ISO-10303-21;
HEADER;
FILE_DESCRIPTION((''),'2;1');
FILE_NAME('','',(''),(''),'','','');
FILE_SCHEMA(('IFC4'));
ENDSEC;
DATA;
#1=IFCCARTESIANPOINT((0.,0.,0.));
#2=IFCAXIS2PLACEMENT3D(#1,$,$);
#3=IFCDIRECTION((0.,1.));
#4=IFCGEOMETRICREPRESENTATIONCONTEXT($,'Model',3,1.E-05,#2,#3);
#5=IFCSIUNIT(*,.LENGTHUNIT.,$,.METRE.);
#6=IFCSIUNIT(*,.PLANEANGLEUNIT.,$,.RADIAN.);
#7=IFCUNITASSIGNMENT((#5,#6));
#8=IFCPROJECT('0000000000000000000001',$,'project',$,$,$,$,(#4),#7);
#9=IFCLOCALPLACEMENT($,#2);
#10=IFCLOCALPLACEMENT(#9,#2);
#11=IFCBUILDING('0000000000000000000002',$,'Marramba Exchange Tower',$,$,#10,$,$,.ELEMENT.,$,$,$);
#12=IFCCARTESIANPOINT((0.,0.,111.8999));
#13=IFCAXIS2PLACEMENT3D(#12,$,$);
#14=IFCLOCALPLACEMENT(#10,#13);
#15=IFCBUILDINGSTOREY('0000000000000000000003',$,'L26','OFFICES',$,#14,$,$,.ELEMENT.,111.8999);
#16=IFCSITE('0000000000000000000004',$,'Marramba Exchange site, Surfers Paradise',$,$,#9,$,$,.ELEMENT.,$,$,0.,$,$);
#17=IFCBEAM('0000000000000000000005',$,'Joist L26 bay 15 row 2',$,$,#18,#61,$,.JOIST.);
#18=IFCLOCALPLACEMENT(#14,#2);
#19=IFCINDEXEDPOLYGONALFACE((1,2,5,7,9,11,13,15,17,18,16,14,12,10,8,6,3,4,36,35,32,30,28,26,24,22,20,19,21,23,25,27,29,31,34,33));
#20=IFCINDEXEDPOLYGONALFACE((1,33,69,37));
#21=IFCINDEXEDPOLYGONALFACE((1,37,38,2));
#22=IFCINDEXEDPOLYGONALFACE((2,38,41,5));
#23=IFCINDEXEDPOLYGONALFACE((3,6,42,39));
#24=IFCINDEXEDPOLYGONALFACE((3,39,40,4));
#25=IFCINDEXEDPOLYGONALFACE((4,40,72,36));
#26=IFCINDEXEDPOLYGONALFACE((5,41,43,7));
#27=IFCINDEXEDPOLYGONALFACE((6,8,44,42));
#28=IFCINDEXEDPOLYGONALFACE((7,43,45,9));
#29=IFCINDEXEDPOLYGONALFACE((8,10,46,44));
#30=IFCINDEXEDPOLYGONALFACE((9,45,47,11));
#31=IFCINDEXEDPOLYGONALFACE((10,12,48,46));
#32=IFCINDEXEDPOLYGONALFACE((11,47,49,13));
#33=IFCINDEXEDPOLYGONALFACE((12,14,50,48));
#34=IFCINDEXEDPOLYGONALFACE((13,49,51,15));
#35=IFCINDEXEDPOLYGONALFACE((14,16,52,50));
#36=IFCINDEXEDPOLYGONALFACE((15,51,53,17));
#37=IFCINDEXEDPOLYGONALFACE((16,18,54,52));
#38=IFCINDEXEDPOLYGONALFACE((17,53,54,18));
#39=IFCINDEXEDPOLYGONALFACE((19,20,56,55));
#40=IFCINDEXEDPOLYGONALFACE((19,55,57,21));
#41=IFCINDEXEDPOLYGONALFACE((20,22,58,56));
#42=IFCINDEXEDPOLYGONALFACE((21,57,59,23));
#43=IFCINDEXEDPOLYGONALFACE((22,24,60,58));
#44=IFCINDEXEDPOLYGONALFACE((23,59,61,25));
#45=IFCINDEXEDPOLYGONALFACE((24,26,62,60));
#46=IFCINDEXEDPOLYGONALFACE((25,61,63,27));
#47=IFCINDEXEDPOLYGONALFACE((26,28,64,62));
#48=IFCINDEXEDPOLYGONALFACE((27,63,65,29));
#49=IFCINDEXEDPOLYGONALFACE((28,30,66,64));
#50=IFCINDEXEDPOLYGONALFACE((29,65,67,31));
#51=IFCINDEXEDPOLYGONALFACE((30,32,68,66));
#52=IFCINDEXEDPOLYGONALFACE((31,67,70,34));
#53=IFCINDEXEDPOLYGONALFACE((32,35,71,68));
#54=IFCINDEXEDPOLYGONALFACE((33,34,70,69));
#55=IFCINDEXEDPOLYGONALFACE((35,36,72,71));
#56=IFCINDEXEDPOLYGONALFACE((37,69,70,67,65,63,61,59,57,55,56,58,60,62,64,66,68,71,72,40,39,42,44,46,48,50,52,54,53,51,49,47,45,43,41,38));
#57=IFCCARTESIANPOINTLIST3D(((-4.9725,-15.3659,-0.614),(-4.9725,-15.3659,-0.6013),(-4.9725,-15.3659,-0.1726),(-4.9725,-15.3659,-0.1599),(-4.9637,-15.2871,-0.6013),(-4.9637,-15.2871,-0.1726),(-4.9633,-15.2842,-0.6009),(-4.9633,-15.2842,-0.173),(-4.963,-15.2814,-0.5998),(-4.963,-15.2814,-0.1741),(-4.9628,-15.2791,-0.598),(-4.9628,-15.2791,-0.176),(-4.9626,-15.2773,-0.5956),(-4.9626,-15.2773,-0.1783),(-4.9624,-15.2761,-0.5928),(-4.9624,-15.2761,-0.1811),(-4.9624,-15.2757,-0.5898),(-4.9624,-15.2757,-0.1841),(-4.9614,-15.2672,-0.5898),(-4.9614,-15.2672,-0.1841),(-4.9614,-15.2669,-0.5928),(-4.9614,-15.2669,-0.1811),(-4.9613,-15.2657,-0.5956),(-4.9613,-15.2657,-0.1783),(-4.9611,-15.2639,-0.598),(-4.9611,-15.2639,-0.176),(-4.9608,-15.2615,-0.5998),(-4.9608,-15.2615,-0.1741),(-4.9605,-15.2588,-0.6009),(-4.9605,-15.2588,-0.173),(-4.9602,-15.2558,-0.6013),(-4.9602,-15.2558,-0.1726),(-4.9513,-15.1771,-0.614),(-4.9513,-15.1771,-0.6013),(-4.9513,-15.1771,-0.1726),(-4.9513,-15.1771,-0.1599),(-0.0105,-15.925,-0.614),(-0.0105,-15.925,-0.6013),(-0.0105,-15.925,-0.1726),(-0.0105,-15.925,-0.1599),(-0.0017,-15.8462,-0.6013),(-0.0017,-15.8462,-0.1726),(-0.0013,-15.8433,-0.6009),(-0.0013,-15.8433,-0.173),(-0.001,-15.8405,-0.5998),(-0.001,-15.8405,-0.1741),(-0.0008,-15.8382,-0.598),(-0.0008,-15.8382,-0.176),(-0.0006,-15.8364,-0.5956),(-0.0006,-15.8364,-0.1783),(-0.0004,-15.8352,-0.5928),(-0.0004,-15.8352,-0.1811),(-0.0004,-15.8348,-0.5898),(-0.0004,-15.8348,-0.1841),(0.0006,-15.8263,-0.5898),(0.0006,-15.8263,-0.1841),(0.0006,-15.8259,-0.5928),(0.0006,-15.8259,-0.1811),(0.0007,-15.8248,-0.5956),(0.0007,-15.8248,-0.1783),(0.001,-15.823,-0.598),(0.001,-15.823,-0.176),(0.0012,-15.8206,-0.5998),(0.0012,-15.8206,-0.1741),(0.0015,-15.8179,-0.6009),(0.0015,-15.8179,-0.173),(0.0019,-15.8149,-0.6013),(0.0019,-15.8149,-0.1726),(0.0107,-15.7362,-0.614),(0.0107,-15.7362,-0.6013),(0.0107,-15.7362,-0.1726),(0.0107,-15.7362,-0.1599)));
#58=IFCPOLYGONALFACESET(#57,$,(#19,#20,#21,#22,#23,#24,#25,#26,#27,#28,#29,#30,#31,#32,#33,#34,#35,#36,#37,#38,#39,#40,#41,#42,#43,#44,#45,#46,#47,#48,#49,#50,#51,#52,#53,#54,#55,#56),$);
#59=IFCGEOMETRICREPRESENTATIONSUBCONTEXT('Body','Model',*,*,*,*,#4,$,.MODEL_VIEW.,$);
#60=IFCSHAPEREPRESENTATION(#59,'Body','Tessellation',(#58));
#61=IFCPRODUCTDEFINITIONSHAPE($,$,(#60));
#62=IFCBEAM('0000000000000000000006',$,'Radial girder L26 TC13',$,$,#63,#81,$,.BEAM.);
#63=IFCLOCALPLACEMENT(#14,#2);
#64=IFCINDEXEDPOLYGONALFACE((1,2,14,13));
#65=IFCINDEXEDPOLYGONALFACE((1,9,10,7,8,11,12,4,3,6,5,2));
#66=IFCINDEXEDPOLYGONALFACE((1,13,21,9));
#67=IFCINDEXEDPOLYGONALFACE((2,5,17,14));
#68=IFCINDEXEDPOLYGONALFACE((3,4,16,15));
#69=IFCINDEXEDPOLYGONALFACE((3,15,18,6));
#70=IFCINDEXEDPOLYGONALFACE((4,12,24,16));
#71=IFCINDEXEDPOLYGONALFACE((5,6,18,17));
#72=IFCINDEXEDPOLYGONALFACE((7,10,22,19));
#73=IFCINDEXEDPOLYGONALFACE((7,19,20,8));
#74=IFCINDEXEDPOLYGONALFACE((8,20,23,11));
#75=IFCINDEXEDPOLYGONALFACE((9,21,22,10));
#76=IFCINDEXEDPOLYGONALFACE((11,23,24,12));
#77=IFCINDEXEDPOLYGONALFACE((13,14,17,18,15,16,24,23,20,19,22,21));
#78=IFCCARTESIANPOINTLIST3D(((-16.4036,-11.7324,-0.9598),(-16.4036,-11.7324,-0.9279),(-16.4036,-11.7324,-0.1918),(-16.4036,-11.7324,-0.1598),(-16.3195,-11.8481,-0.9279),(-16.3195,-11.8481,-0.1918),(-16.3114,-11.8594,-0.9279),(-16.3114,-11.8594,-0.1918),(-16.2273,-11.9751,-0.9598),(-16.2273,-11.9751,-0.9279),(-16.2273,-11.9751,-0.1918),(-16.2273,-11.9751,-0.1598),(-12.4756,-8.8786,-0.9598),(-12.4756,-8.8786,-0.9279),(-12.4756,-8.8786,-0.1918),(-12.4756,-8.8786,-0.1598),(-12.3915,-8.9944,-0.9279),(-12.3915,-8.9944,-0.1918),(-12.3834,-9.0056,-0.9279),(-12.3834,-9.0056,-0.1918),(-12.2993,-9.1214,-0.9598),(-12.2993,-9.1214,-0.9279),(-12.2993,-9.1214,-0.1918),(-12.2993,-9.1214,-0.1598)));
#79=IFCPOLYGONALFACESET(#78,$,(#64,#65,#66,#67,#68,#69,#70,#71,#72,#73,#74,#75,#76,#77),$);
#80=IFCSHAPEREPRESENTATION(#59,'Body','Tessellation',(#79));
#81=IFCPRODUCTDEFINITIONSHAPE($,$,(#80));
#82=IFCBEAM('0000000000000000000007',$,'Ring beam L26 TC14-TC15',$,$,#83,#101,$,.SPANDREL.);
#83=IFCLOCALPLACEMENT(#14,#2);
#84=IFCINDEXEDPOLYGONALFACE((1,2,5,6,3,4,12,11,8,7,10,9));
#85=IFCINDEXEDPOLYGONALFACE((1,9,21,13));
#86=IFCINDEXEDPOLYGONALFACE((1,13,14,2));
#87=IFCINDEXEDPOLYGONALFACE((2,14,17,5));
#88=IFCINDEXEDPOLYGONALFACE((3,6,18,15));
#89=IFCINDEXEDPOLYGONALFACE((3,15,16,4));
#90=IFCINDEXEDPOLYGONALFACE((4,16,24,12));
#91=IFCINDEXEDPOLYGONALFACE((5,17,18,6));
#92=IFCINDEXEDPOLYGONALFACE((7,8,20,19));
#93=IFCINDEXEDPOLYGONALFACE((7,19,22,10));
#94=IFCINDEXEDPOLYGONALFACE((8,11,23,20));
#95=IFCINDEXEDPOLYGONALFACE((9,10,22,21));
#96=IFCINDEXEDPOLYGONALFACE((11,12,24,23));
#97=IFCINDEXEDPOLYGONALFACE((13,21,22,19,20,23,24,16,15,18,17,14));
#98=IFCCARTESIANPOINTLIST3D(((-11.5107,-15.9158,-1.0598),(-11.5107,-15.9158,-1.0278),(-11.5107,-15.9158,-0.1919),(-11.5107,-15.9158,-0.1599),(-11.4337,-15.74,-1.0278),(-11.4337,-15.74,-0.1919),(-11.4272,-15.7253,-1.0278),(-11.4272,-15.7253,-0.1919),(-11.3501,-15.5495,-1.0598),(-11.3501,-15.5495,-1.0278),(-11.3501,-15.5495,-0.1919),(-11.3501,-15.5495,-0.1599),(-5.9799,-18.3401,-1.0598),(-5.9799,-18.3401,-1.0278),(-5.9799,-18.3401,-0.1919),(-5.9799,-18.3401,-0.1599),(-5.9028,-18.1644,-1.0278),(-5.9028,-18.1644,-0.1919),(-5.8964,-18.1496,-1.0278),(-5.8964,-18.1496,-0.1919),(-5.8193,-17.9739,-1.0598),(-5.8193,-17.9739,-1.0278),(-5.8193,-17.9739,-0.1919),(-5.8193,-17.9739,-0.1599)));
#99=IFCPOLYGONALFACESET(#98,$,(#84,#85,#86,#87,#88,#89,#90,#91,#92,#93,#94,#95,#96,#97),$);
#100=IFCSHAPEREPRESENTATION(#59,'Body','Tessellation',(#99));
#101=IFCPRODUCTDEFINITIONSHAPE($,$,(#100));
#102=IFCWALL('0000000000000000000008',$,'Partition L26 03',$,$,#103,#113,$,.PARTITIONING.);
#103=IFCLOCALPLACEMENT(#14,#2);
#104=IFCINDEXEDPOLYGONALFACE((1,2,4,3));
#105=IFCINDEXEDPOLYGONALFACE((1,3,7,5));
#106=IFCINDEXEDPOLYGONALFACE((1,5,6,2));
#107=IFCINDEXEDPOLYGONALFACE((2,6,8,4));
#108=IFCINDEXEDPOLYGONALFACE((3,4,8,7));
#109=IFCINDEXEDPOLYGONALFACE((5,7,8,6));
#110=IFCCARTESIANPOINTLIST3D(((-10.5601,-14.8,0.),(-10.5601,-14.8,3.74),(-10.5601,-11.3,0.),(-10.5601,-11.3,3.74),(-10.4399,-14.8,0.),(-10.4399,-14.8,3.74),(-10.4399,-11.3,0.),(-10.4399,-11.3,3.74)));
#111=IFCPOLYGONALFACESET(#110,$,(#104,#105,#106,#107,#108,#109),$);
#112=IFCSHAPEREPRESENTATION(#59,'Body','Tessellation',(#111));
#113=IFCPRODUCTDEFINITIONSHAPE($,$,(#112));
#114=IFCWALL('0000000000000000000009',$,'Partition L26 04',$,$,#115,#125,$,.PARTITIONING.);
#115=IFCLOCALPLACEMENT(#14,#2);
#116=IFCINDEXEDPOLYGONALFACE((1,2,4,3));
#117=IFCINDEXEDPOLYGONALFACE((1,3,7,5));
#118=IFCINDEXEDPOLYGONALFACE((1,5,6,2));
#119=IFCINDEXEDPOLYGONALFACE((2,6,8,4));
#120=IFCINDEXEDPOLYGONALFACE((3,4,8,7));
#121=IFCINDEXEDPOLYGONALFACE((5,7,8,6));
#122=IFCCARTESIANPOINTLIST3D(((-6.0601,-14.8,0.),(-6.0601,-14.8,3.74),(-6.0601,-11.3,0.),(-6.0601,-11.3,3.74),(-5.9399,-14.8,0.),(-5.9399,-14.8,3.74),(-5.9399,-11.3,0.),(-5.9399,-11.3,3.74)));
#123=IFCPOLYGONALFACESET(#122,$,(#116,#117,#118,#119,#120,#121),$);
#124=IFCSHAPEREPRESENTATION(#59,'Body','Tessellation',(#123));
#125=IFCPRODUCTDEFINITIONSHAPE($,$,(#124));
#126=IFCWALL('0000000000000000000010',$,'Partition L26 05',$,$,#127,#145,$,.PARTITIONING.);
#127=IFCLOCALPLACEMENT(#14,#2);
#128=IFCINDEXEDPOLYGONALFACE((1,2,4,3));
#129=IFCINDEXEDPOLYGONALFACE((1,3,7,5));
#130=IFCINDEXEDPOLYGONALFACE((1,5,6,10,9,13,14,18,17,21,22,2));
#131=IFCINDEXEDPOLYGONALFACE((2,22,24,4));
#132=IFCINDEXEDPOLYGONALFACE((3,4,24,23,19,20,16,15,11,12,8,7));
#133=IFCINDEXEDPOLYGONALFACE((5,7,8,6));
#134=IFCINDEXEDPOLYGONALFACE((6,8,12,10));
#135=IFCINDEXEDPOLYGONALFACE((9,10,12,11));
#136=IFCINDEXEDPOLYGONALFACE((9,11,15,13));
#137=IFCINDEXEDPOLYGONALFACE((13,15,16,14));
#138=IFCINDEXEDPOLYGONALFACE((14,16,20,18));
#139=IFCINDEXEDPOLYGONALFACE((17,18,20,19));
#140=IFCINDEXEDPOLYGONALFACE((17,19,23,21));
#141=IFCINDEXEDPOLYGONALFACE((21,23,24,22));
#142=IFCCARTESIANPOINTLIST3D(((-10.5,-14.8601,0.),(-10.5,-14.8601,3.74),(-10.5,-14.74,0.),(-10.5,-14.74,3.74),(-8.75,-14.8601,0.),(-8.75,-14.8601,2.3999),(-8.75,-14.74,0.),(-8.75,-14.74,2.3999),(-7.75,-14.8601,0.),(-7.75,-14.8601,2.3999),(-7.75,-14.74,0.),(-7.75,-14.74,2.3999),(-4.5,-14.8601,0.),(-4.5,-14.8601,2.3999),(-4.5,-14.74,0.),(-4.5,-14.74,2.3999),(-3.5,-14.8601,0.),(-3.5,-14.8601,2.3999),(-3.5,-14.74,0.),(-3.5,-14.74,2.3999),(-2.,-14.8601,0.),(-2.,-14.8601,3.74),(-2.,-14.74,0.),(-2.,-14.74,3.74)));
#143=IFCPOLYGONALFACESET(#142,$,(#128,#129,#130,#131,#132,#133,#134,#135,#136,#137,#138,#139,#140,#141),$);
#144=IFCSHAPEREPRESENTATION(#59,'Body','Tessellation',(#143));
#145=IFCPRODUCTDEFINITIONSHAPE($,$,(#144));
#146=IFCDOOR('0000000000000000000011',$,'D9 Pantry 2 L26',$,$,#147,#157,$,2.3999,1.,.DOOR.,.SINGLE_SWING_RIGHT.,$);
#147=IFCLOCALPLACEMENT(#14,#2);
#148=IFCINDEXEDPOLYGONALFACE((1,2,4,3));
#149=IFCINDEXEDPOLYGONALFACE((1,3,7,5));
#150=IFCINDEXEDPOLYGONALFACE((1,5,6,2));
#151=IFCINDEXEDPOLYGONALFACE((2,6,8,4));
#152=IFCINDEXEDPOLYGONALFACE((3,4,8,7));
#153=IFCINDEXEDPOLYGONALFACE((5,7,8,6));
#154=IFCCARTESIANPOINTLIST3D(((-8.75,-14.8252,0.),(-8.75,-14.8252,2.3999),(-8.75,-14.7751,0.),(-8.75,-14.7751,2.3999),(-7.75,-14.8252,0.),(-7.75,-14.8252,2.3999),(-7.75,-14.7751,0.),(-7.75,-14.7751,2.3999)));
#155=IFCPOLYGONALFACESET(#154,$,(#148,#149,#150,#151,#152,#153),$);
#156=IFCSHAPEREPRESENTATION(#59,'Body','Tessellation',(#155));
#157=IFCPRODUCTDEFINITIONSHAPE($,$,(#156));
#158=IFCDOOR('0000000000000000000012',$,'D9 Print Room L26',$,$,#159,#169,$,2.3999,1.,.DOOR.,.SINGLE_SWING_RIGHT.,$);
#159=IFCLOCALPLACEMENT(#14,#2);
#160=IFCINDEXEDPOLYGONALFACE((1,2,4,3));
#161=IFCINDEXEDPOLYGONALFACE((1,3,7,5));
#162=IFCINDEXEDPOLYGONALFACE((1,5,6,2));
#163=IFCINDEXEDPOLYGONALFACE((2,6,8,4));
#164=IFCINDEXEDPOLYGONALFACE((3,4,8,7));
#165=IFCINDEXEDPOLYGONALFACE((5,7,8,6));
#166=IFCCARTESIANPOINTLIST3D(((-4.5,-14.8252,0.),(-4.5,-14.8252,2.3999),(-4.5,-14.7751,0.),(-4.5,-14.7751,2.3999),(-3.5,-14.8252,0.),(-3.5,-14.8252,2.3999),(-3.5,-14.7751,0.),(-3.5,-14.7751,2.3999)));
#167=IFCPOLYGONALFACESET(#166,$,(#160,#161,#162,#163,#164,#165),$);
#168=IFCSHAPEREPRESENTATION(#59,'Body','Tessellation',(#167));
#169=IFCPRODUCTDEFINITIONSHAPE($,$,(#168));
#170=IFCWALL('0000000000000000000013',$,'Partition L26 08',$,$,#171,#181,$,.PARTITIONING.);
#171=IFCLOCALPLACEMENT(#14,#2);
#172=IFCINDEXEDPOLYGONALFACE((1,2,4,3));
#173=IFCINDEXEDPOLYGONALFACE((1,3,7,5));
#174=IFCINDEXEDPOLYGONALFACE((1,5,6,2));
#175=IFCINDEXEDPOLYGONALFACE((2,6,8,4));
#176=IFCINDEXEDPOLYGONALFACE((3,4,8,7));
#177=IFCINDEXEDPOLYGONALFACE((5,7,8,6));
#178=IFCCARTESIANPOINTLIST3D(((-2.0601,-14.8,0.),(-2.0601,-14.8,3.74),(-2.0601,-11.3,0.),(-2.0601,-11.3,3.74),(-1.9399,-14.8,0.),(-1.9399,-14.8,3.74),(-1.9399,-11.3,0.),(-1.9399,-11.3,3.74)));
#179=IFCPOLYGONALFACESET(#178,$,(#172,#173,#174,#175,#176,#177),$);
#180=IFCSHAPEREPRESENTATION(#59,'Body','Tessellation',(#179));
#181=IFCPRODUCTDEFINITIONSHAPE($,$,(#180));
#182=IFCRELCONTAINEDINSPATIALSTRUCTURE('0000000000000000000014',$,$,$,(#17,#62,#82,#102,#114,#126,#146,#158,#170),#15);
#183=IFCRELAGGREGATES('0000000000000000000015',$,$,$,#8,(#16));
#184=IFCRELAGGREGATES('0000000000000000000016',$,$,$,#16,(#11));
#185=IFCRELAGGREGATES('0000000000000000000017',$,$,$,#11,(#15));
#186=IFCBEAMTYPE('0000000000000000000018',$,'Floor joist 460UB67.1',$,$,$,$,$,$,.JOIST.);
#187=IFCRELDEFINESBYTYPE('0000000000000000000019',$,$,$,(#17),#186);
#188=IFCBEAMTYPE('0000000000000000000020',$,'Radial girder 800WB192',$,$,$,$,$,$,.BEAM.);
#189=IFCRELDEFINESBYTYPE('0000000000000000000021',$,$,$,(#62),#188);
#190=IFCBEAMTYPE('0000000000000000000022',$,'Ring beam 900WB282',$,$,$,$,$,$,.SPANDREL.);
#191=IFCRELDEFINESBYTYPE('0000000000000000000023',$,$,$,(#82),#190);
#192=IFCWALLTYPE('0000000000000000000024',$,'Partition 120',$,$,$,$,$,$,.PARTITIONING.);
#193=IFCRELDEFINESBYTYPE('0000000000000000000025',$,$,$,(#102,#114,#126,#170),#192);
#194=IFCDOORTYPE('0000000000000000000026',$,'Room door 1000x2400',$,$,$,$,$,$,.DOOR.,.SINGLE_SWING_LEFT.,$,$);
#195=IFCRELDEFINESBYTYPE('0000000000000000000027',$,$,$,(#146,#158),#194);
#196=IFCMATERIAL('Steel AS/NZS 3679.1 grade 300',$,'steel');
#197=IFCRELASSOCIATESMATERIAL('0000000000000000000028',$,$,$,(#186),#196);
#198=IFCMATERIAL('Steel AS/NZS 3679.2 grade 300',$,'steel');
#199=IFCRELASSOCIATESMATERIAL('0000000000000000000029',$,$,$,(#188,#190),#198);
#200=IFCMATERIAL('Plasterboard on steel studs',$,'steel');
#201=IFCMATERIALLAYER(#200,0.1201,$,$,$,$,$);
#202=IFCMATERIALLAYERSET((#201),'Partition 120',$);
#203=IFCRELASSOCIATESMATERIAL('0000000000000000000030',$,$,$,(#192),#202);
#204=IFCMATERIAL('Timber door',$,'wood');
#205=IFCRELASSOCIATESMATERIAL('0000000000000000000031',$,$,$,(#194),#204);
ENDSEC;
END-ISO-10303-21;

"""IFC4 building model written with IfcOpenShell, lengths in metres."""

from ifc_helpers import new_model, si_unit, direction, frame, frame_2d, origin, origin_2d, place, context, subcontext, project, spatial, rectangle, i_section, extrude, material, layer, layer_set, material_profile, profile_set, type_object, element, fill, save


model = new_model("IFC4")

# Units and contexts
model_context = context("Model", 3, precision=1e-05, world=origin(), true_north=direction((0.0, 1.0)))
body_context = subcontext(model_context, "Body", "Model", "MODEL_VIEW")
ifc_project = project(units=[si_unit("LENGTHUNIT", "METRE"), si_unit("PLANEANGLEUNIT", "RADIAN")], contexts=[model_context])

# Site, building, storey
site_placement = place(None, origin())
site = spatial("IfcSite", under=ifc_project, at=site_placement, Name="Marramba Exchange site, Surfers Paradise", CompositionType="ELEMENT", RefElevation=0.0)
building_placement = place(site_placement, origin())
building = spatial("IfcBuilding", under=site, at=building_placement, Name="Marramba Exchange Tower", CompositionType="ELEMENT")
storey_placement = place(building_placement, frame((0.0, 0.0, 111.8999)))
storey = spatial("IfcBuildingStorey", under=building, at=storey_placement, Name="L26", Description="OFFICES", CompositionType="ELEMENT", Elevation=111.8999)

# Beams
ifc_material_1 = material(Name="Steel AS/NZS 3679.2 grade 300", Category="steel")
ifc_material_2 = material(Name="Steel AS/NZS 3679.1 grade 300", Category="steel")
ifc_material_profile_1 = material_profile(ifc_material_2, i_section(OverallWidth=0.1899, OverallDepth=0.4541, WebThickness=0.0085, FlangeThickness=0.0127, FilletRadius=0.0115, at=origin_2d()), Name="460UB67.1")
ifc_profile_set_1 = profile_set([ifc_material_profile_1], Name="Steel AS/NZS 3679.1 grade 300")
beam_type_1 = type_object("IfcBeamType", Name="Floor joist 460UB67.1", PredefinedType="JOIST", material=ifc_profile_set_1)
beam_1_placement = place(storey_placement, frame((-4.9619, -15.2715, -0.387), z_axis=(0.993712, -0.111966, 0.0), x_axis=(0.111966, 0.993712, 0.0)))
element("IfcBeam", 1, at=beam_1_placement, inside=storey, type_object=beam_type_1, Name="Joist L26 bay 15 row 2", PredefinedType="JOIST", context=body_context, shape_type="SweptSolid", body=[
    extrude(i_section(OverallWidth=0.1899, OverallDepth=0.4541, WebThickness=0.0085, FlangeThickness=0.0127, FilletRadius=0.0115, at=origin_2d()), origin(), (0.0, 0.0, 1.0), 4.9934),
])
ifc_material_profile_2 = material_profile(ifc_material_1, i_section(OverallWidth=0.3, OverallDepth=0.8, WebThickness=0.0139, FlangeThickness=0.032, at=origin_2d()), Name="800WB192")
ifc_profile_set_2 = profile_set([ifc_material_profile_2], Name="Steel AS/NZS 3679.2 grade 300")
beam_type_2 = type_object("IfcBeamType", Name="Radial girder 800WB192", PredefinedType="BEAM", material=ifc_profile_set_2)
beam_2_placement = place(storey_placement, frame((-12.3875, -9.0, -0.5598), z_axis=(-0.809025, -0.587774, 0.0), x_axis=(0.587774, -0.809025, 0.0)))
element("IfcBeam", 2, at=beam_2_placement, inside=storey, type_object=beam_type_2, Name="Radial girder L26 TC13", PredefinedType="BEAM", context=body_context, shape_type="SweptSolid", body=[
    extrude(i_section(OverallWidth=0.3, OverallDepth=0.8, WebThickness=0.0139, FlangeThickness=0.032, at=origin_2d()), origin(), (0.0, 0.0, 1.0), 4.8552),
])
ifc_material_profile_3 = material_profile(ifc_material_1, i_section(OverallWidth=0.3999, OverallDepth=0.8999, WebThickness=0.0161, FlangeThickness=0.032, at=origin_2d()), Name="900WB282")
ifc_profile_set_3 = profile_set([ifc_material_profile_3], Name="Steel AS/NZS 3679.2 grade 300")
beam_type_3 = type_object("IfcBeamType", Name="Ring beam 900WB282", PredefinedType="SPANDREL", material=ifc_profile_set_3)
beam_3_placement = place(storey_placement, frame((-11.4304, -15.7327, -0.6099), z_axis=(0.915877, -0.401459, 0.0), x_axis=(0.401459, 0.915877, 0.0)))
element("IfcBeam", 3, at=beam_3_placement, inside=storey, type_object=beam_type_3, Name="Ring beam L26 TC14-TC15", PredefinedType="SPANDREL", context=body_context, shape_type="SweptSolid", body=[
    extrude(i_section(OverallWidth=0.3999, OverallDepth=0.8999, WebThickness=0.0161, FlangeThickness=0.032, at=origin_2d()), origin(), (0.0, 0.0, 1.0), 6.0388),
])

# Walls
ifc_material_3 = material(Name="Plasterboard on steel studs", Category="steel")
ifc_layer = layer(ifc_material_3, 0.1201)
ifc_layer_set = layer_set([ifc_layer], Name="Partition 120")
wall_type = type_object("IfcWallType", Name="Partition 120", PredefinedType="PARTITIONING", material=ifc_layer_set)
for number, where, z_axis, x_axis, name in (
    (4, (-10.5, -11.3, 0.0), (0.0, 0.0, 1.0), (0.0, -1.0, 0.0), "Partition L26 03"),
    (5, (-6.0, -11.3, 0.0), (0.0, 0.0, 1.0), (0.0, -1.0, 0.0), "Partition L26 04"),
):
    element("IfcWall", number, at=place(storey_placement, frame(where, z_axis=z_axis, x_axis=x_axis)), inside=storey, type_object=wall_type, Name=name, PredefinedType="PARTITIONING", context=body_context, shape_type="SweptSolid", body=[
        extrude(rectangle(XDim=3.5, YDim=0.1201, at=frame_2d((1.75, 0.0))), origin(), (0.0, 0.0, 1.0), 3.74),
    ])

# Wall, openings, doors
wall_1_placement = place(storey_placement, frame((-10.5, -14.8, 0.0), z_axis=(0.0, 0.0, 1.0), x_axis=(1.0, 0.0, 0.0)))
wall_1 = element("IfcWall", 6, at=wall_1_placement, inside=storey, type_object=wall_type, Name="Partition L26 05", PredefinedType="PARTITIONING", context=body_context, shape_type="SweptSolid", body=[
    extrude(rectangle(XDim=8.5, YDim=0.1201, at=frame_2d((4.25, 0.0))), origin(), (0.0, 0.0, 1.0), 3.74),
])
opening_1_placement = place(wall_1_placement, frame((1.75, 0.0, 0.0)))
opening_1 = element("IfcOpeningElement", 7, at=opening_1_placement, cuts=wall_1, PredefinedType="OPENING", context=body_context, shape_type="SweptSolid", body=[
    extrude(rectangle(XDim=1.0, YDim=2.3999, at=frame_2d((0.5, 1.2))), frame((0.0, 0.0701, 0.0), z_axis=(0.0, -1.0, 0.0), x_axis=(1.0, 0.0, 0.0)), (0.0, 0.0, 1.0), 0.1401),
])
opening_2_placement = place(wall_1_placement, frame((6.0, 0.0, 0.0)))
opening_2 = element("IfcOpeningElement", 8, at=opening_2_placement, cuts=wall_1, PredefinedType="OPENING", context=body_context, shape_type="SweptSolid", body=[
    extrude(rectangle(XDim=1.0, YDim=2.3999, at=frame_2d((0.5, 1.2))), frame((0.0, 0.0701, 0.0), z_axis=(0.0, -1.0, 0.0), x_axis=(1.0, 0.0, 0.0)), (0.0, 0.0, 1.0), 0.1401),
])
ifc_material_4 = material(Name="Timber door", Category="wood")
door_type = type_object("IfcDoorType", Name="Room door 1000x2400", OperationType="SINGLE_SWING_LEFT", PredefinedType="DOOR", material=ifc_material_4)
door_1_placement = place(opening_1_placement, origin())
door_1 = element("IfcDoor", 9, at=door_1_placement, inside=storey, type_object=door_type, Name="D9 Pantry 2 L26", OperationType="SINGLE_SWING_RIGHT", OverallHeight=2.3999, OverallWidth=1.0, PredefinedType="DOOR", context=body_context, shape_type="SweptSolid", body=[
    extrude(rectangle(XDim=1.0, YDim=2.3999, at=frame_2d((0.5, 1.2))), frame((0.0, 0.0249, 0.0), z_axis=(0.0, -1.0, 0.0), x_axis=(1.0, 0.0, 0.0)), (0.0, 0.0, 1.0), 0.05),
])
fill(opening_1, door_1)
door_2_placement = place(opening_2_placement, origin())
door_2 = element("IfcDoor", 10, at=door_2_placement, inside=storey, type_object=door_type, Name="D9 Print Room L26", OperationType="SINGLE_SWING_RIGHT", OverallHeight=2.3999, OverallWidth=1.0, PredefinedType="DOOR", context=body_context, shape_type="SweptSolid", body=[
    extrude(rectangle(XDim=1.0, YDim=2.3999, at=frame_2d((0.5, 1.2))), frame((0.0, 0.0249, 0.0), z_axis=(0.0, -1.0, 0.0), x_axis=(1.0, 0.0, 0.0)), (0.0, 0.0, 1.0), 0.05),
])
fill(opening_2, door_2)

# Wall
wall_2_placement = place(storey_placement, frame((-2.0, -14.8, 0.0), z_axis=(0.0, 0.0, 1.0), x_axis=(0.0, 1.0, 0.0)))
element("IfcWall", 11, at=wall_2_placement, inside=storey, type_object=wall_type, Name="Partition L26 08", PredefinedType="PARTITIONING", context=body_context, shape_type="SweptSolid", body=[
    extrude(rectangle(XDim=3.5, YDim=0.1201, at=frame_2d((1.75, 0.0))), origin(), (0.0, 0.0, 1.0), 3.74),
])

save(model, "model.ifc")
